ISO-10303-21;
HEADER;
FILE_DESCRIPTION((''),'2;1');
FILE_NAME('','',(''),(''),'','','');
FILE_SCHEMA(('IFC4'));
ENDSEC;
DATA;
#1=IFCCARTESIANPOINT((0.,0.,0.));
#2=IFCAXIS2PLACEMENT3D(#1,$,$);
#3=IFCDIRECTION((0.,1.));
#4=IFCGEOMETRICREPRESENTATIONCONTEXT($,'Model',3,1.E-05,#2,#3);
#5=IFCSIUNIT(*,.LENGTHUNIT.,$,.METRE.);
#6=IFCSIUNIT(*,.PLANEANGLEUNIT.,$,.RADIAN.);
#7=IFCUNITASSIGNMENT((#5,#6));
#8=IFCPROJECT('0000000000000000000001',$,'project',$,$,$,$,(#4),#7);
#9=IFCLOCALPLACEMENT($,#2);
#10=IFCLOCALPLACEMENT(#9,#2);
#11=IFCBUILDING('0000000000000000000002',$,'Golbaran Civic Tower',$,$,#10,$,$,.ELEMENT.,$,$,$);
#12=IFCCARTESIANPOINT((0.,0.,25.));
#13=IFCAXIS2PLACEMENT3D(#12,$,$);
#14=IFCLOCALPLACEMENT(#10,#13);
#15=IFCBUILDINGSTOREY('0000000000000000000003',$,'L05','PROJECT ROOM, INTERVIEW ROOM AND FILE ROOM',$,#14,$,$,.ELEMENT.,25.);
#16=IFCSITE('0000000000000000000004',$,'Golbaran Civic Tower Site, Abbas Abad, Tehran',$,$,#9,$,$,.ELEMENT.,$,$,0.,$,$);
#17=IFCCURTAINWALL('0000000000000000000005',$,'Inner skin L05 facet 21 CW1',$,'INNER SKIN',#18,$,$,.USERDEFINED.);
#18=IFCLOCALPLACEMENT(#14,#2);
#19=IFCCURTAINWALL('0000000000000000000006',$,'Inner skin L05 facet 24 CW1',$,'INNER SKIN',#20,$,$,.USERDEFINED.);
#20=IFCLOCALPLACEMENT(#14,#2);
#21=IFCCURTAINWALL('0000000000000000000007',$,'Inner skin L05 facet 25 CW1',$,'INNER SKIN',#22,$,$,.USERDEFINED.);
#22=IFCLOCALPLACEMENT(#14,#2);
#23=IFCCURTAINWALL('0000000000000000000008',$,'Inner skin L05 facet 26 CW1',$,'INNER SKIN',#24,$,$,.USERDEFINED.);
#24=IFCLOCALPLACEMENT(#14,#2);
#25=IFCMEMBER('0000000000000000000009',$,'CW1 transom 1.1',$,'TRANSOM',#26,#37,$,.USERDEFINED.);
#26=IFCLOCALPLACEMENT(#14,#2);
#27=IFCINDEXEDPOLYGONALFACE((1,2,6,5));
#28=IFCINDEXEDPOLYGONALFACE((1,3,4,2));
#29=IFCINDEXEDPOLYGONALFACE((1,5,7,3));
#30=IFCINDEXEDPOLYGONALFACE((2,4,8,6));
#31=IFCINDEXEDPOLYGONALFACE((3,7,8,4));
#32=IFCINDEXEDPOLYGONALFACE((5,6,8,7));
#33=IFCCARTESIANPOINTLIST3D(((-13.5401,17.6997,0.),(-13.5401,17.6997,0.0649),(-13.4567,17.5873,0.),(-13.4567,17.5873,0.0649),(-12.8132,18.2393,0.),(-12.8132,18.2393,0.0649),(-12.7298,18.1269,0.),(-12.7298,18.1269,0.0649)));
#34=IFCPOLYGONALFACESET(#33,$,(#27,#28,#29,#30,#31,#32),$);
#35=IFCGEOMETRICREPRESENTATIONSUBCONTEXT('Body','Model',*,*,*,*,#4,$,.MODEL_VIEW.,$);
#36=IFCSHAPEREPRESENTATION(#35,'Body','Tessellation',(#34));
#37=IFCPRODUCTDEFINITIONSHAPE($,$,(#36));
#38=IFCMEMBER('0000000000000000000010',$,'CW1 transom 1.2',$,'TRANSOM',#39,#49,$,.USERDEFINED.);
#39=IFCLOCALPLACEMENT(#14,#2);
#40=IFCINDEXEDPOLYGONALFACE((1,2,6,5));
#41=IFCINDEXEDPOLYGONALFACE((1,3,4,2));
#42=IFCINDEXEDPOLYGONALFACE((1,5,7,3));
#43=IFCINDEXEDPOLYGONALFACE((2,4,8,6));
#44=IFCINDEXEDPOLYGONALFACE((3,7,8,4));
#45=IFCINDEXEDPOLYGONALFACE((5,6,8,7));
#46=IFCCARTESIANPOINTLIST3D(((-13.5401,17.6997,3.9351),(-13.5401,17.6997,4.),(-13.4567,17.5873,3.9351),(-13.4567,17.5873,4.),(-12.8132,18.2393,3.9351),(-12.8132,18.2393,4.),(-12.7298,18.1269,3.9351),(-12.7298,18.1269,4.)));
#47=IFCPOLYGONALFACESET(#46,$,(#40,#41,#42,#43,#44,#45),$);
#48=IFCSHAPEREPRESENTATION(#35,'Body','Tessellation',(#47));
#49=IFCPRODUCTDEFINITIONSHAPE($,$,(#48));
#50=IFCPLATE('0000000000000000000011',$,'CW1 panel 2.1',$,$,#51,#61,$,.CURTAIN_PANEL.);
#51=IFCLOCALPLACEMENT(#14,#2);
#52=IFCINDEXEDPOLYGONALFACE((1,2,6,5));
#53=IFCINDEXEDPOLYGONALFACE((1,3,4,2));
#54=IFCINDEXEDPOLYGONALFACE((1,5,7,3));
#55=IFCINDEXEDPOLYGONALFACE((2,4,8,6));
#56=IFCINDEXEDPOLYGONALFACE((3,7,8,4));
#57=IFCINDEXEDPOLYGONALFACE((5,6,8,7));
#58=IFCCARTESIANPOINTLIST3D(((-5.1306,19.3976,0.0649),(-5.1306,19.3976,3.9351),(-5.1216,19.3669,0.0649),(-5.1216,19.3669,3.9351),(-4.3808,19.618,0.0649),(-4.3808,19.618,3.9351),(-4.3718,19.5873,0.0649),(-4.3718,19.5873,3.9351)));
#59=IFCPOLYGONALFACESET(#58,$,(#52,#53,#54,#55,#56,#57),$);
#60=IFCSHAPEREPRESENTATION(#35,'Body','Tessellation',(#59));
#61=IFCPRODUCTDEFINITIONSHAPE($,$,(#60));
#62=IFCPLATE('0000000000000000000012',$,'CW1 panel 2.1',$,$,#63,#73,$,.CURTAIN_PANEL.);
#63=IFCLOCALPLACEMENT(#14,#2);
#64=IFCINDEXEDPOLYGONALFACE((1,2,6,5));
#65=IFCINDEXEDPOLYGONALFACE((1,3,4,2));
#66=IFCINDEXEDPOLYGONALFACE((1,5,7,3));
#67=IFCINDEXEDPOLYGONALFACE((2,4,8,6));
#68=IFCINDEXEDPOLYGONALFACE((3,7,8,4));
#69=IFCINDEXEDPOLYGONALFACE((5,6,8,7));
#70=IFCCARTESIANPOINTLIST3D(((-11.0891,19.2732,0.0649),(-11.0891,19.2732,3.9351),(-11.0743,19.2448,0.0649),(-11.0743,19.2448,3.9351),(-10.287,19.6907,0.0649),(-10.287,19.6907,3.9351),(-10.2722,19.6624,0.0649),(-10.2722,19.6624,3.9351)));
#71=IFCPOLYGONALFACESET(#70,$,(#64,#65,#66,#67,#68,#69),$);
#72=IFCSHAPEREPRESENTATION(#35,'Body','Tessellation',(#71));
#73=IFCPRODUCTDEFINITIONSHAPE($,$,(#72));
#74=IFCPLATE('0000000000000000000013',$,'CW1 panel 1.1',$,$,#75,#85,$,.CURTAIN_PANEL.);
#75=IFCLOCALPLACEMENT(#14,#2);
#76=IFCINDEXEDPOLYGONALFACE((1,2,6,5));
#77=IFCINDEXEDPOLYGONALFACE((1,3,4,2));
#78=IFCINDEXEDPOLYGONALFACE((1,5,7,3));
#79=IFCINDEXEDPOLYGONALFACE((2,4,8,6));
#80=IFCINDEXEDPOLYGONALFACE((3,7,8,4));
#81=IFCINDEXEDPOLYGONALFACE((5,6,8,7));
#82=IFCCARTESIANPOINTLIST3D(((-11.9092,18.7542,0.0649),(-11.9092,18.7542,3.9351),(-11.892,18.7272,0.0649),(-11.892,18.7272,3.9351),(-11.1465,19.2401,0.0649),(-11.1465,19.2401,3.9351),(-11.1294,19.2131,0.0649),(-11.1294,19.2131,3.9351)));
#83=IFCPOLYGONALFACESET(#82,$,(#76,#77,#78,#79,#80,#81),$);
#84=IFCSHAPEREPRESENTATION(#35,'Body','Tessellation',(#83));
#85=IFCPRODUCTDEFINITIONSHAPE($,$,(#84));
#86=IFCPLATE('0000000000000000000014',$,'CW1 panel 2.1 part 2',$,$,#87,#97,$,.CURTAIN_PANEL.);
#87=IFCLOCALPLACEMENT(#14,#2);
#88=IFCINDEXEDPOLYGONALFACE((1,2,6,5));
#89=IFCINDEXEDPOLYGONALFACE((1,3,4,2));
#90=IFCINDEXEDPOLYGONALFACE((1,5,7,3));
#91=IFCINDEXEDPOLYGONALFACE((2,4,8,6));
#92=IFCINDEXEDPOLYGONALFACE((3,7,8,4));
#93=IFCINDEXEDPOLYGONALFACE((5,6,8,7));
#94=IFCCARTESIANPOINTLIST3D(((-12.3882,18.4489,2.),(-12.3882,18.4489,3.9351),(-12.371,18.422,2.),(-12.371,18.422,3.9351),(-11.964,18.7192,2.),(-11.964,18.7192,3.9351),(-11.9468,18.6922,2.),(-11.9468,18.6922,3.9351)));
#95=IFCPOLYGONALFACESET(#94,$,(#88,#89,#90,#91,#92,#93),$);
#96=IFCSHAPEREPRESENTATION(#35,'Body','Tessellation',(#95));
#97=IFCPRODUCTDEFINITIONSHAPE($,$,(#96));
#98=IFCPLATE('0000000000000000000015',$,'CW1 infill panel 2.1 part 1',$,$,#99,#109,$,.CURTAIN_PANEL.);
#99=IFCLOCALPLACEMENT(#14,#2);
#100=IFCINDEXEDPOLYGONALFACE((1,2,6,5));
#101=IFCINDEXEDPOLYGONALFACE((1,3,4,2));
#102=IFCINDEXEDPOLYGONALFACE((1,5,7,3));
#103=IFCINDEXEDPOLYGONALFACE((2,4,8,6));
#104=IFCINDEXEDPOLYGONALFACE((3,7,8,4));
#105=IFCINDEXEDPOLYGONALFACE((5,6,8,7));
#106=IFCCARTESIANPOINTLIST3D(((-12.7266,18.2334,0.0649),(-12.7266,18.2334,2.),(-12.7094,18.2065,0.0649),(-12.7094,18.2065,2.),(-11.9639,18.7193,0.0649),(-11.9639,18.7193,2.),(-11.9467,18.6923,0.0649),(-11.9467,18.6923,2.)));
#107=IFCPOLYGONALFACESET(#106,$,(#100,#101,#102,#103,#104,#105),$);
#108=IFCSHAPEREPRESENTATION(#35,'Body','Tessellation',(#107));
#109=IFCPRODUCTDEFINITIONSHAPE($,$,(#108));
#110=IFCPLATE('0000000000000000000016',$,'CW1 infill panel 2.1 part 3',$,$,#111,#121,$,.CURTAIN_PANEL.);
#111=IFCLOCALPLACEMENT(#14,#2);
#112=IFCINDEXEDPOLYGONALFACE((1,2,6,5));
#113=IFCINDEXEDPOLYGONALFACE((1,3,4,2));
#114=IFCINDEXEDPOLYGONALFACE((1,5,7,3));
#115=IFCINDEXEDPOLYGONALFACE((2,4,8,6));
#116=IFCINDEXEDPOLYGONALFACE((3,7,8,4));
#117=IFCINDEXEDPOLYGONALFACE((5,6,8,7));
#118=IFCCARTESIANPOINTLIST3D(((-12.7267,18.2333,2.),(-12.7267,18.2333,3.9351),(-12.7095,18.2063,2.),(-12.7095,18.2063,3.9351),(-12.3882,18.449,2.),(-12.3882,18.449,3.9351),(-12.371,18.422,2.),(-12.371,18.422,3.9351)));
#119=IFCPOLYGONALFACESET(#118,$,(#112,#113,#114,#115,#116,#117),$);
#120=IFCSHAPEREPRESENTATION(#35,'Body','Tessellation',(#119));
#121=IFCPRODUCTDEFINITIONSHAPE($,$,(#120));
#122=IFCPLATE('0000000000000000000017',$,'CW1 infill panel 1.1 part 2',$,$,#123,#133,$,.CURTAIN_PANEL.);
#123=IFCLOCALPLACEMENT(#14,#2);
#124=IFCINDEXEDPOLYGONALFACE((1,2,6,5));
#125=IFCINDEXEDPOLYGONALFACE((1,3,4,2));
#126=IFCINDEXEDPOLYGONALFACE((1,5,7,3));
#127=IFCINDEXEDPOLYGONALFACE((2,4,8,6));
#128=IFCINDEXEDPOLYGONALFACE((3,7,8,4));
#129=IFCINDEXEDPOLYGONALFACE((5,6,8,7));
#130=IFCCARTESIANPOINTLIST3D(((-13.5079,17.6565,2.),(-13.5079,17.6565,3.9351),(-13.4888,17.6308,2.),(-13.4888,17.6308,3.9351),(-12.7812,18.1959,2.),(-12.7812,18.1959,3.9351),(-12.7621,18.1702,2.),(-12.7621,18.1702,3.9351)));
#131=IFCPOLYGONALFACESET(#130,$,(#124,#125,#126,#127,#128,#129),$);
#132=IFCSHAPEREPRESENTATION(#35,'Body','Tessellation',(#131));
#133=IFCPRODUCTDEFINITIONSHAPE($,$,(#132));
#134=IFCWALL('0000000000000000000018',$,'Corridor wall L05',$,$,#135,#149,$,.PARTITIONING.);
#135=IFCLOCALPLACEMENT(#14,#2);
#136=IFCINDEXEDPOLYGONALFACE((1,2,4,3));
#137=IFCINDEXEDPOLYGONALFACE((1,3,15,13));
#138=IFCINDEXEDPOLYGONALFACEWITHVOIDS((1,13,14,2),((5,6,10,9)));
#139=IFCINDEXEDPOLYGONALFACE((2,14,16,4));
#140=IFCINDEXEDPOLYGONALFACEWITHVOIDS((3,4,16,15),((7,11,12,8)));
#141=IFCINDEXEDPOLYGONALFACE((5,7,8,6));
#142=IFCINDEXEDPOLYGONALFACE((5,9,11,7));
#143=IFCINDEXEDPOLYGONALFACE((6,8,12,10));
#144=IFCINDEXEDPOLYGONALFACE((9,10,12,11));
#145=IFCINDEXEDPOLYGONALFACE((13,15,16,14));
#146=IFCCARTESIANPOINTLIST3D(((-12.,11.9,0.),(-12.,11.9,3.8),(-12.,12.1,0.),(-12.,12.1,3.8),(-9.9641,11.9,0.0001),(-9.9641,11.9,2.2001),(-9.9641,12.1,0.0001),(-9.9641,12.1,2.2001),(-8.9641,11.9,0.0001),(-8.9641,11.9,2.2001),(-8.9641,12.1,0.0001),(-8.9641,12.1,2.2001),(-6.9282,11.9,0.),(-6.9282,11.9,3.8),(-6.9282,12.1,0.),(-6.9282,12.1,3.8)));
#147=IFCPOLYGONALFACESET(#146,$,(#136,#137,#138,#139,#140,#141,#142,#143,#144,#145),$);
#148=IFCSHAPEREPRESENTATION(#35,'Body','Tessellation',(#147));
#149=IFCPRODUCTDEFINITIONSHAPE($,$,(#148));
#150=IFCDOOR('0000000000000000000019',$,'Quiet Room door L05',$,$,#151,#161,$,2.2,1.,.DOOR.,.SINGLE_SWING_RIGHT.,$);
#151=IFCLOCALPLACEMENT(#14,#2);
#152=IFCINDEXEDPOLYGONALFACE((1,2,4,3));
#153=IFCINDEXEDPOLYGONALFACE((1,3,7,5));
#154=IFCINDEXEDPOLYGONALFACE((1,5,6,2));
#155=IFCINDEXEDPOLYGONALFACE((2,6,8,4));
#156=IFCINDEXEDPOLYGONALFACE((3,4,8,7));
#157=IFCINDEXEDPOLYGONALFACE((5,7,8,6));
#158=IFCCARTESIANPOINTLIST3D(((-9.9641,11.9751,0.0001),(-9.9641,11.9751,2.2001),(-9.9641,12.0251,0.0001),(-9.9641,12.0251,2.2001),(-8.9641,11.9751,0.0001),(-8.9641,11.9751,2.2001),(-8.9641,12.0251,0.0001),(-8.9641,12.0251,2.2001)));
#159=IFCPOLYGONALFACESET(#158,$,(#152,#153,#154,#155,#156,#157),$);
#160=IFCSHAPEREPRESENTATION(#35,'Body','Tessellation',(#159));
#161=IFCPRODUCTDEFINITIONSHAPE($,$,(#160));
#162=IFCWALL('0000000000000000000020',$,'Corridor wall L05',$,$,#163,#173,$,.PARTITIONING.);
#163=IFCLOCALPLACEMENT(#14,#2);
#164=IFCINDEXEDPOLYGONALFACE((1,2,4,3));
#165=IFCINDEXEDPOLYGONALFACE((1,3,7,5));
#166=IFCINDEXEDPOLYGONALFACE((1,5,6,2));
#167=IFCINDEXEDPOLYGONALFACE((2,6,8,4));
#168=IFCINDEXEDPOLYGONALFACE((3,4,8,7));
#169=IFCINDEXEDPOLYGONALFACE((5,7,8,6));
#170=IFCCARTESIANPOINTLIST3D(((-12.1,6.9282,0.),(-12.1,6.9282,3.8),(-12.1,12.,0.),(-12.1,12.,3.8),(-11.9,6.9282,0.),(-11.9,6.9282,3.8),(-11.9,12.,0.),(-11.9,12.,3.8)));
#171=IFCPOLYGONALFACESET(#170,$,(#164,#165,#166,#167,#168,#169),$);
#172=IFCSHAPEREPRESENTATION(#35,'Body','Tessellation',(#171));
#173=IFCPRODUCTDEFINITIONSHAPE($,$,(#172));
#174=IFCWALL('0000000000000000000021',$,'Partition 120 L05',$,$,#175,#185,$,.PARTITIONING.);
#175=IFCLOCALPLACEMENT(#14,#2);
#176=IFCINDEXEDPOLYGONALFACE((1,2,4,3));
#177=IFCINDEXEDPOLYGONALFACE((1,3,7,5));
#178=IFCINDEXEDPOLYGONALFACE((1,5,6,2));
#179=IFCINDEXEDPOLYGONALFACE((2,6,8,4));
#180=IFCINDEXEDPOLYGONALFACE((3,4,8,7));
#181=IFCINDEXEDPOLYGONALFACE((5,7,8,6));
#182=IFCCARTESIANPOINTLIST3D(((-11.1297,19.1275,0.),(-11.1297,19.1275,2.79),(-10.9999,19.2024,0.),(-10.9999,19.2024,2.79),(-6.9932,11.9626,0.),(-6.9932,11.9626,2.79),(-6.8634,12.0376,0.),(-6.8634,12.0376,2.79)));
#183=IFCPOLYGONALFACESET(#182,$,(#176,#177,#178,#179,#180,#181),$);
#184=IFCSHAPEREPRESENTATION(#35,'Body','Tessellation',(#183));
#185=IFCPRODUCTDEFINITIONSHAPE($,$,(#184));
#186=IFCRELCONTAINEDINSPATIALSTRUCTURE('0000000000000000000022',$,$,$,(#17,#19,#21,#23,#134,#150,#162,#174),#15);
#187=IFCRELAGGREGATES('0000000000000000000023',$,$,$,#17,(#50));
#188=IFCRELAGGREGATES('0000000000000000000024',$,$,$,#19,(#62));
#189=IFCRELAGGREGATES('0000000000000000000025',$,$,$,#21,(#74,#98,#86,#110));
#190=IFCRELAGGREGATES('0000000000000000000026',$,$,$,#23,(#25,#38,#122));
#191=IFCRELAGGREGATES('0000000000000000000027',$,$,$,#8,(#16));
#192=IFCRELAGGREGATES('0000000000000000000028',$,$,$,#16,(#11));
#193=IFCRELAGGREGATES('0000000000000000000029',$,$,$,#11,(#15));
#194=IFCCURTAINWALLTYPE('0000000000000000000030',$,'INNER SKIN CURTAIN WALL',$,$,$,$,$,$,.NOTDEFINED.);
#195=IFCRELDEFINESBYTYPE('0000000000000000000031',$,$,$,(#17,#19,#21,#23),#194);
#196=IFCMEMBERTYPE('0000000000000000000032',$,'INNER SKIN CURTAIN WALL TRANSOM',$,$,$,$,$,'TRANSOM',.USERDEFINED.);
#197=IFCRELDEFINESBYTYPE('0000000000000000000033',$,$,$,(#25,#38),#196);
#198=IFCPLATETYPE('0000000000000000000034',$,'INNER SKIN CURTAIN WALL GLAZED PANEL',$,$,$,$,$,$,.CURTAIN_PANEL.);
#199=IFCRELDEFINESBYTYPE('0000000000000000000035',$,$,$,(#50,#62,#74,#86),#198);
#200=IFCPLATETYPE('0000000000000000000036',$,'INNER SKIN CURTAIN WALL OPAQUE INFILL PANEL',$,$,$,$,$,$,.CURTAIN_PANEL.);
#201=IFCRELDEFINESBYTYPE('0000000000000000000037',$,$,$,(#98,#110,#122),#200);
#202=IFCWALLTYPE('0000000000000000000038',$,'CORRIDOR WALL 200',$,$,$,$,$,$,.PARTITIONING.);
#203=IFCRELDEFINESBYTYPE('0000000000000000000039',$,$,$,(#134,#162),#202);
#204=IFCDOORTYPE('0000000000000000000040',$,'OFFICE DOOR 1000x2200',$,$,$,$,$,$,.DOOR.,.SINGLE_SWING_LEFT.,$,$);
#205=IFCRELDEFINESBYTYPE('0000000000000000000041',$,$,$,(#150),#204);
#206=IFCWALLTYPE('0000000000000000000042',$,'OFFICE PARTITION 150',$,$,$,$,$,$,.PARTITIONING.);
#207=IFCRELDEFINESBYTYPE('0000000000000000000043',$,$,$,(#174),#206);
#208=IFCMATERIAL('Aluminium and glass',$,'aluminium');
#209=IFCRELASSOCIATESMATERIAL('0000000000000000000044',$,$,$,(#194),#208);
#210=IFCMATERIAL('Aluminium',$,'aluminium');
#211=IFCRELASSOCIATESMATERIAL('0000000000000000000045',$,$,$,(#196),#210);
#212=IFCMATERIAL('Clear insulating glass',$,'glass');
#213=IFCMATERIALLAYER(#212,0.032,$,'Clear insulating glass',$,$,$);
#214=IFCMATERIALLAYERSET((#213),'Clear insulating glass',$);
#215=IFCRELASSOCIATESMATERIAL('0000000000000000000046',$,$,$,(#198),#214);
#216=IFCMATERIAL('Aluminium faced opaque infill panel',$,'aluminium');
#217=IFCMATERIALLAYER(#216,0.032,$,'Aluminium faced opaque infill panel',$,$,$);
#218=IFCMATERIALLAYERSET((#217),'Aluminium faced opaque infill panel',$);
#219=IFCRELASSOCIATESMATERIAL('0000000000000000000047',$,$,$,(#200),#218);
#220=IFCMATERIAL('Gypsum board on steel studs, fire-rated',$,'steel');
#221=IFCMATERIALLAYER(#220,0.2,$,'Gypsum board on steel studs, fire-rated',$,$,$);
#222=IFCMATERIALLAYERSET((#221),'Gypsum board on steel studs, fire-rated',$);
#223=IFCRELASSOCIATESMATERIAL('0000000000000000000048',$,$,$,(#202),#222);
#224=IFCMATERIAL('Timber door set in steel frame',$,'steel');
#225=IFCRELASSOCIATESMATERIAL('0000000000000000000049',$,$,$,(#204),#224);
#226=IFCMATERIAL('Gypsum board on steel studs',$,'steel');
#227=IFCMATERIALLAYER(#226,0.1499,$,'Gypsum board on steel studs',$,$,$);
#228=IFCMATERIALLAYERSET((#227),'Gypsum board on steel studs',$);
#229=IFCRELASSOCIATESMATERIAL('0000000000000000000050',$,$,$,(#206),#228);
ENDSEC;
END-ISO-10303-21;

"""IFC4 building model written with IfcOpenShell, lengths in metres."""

from ifc_helpers import new_model, si_unit, direction, frame, frame_2d, origin, origin_2d, place, context, subcontext, project, spatial, rectangle, extrude, material, layer, layer_set, material_profile, profile_set, type_object, element, fill, aggregate, save


model = new_model("IFC4")

# Units and contexts
model_context = context("Model", 3, precision=1e-05, world=origin(), true_north=direction((0.0, 1.0)))
body_context = subcontext(model_context, "Body", "Model", "MODEL_VIEW")
ifc_project = project(units=[si_unit("LENGTHUNIT", "METRE"), si_unit("PLANEANGLEUNIT", "RADIAN")], contexts=[model_context])

# Site, building, storey
site_placement = place(None, origin())
site = spatial("IfcSite", under=ifc_project, at=site_placement, Name="Golbaran Civic Tower Site, Abbas Abad, Tehran", CompositionType="ELEMENT", RefElevation=0.0)
building_placement = place(site_placement, origin())
building = spatial("IfcBuilding", under=site, at=building_placement, Name="Golbaran Civic Tower", CompositionType="ELEMENT")
storey_placement = place(building_placement, frame((0.0, 0.0, 25.0)))
storey = spatial("IfcBuildingStorey", under=building, at=storey_placement, Name="L05", Description="PROJECT ROOM, INTERVIEW ROOM AND FILE ROOM", CompositionType="ELEMENT", Elevation=25.0)

# Curtain walls
ifc_material_1 = material(Name="Aluminium and glass", Category="aluminium")
curtain_wall_type = type_object("IfcCurtainWallType", Name="INNER SKIN CURTAIN WALL", PredefinedType="NOTDEFINED", material=ifc_material_1)
curtain_wall_1_placement = place(storey_placement, origin())
curtain_wall_1 = element("IfcCurtainWall", 1, at=curtain_wall_1_placement, inside=storey, type_object=curtain_wall_type, Name="Inner skin L05 facet 21 CW1", ObjectType="INNER SKIN", PredefinedType="USERDEFINED")
ifc_material_2 = material(Name="Aluminium", Category="aluminium")
curtain_wall_2_placement = place(storey_placement, origin())
curtain_wall_2 = element("IfcCurtainWall", 2, at=curtain_wall_2_placement, inside=storey, type_object=curtain_wall_type, Name="Inner skin L05 facet 24 CW1", ObjectType="INNER SKIN", PredefinedType="USERDEFINED")

# Curtain wall
curtain_wall_3_placement = place(storey_placement, origin())
curtain_wall_3 = element("IfcCurtainWall", 3, at=curtain_wall_3_placement, inside=storey, type_object=curtain_wall_type, Name="Inner skin L05 facet 25 CW1", ObjectType="INNER SKIN", PredefinedType="USERDEFINED")

# Shared definitions
ifc_material_profile_1 = material_profile(ifc_material_2, rectangle(XDim=0.1399, YDim=0.0649, at=origin_2d()), Name="INNER SKIN CURTAIN WALL TRANSOM")
ifc_profile_set_1 = profile_set([ifc_material_profile_1], Name="Aluminium")
member_type_1 = type_object("IfcMemberType", Name="INNER SKIN CURTAIN WALL TRANSOM", ElementType="TRANSOM", PredefinedType="USERDEFINED", material=ifc_profile_set_1)

# Curtain wall, members
curtain_wall_4_placement = place(storey_placement, origin())
curtain_wall_4 = element("IfcCurtainWall", 4, at=curtain_wall_4_placement, inside=storey, type_object=curtain_wall_type, Name="Inner skin L05 facet 26 CW1", ObjectType="INNER SKIN", PredefinedType="USERDEFINED")
member_1_placement = place(storey_placement, frame((-12.7715, 18.1831, 0.0325), z_axis=(-0.802936, -0.596066, 0.0), x_axis=(0.596066, -0.802936, 0.0)))
member_1 = element("IfcMember", 5, at=member_1_placement, type_object=member_type_1, Name="CW1 transom 1.1", ObjectType="TRANSOM", PredefinedType="USERDEFINED", context=body_context, shape_type="SweptSolid", body=[
    extrude(rectangle(XDim=0.1399, YDim=0.0649, at=origin_2d()), origin(), (0.0, 0.0, 1.0), 0.9053),
])
member_2_placement = place(storey_placement, frame((-12.7715, 18.1831, 3.9675), z_axis=(-0.802936, -0.596066, 0.0), x_axis=(0.596066, -0.802936, 0.0)))
member_2 = element("IfcMember", 6, at=member_2_placement, type_object=member_type_1, Name="CW1 transom 1.2", ObjectType="TRANSOM", PredefinedType="USERDEFINED", context=body_context, shape_type="SweptSolid", body=[
    extrude(rectangle(XDim=0.1399, YDim=0.0649, at=origin_2d()), origin(), (0.0, 0.0, 1.0), 0.9053),
])

# Plates
ifc_material_3 = material(Name="Clear insulating glass", Category="glass")
ifc_layer_1 = layer(ifc_material_3, 0.032, Name="Clear insulating glass")
ifc_layer_set_1 = layer_set([ifc_layer_1], Name="Clear insulating glass")
plate_type_1 = type_object("IfcPlateType", Name="INNER SKIN CURTAIN WALL GLAZED PANEL", PredefinedType="CURTAIN_PANEL", material=ifc_layer_set_1)
plate_1_placement = place(storey_placement, frame((-4.7512, 19.4924, 0.0649), z_axis=(0.0, 0.0, 1.0), x_axis=(-0.959425, -0.281964, 0.0)))
plate_1 = element("IfcPlate", 7, at=plate_1_placement, type_object=plate_type_1, Name="CW1 panel 2.1", PredefinedType="CURTAIN_PANEL", context=body_context, shape_type="SweptSolid", body=[
    extrude(rectangle(XDim=0.7815, YDim=0.032, at=origin_2d()), origin(), (0.0, 0.0, 1.0), 3.8701),
])
aggregate(curtain_wall_1, [plate_1])
plate_2_placement = place(storey_placement, frame((-10.6807, 19.4678, 0.0649), z_axis=(0.0, 0.0, 1.0), x_axis=(-0.887011, -0.461749, 0.0)))
plate_2 = element("IfcPlate", 8, at=plate_2_placement, type_object=plate_type_1, Name="CW1 panel 2.1", PredefinedType="CURTAIN_PANEL", context=body_context, shape_type="SweptSolid", body=[
    extrude(rectangle(XDim=0.9043, YDim=0.032, at=origin_2d()), origin(), (0.0, 0.0, 1.0), 3.8701),
])
aggregate(curtain_wall_2, [plate_2])
plate_3_placement = place(storey_placement, frame((-11.5193, 18.9836, 0.0649), z_axis=(0.0, 0.0, 1.0), x_axis=(-0.843391, -0.5373, 0.0)))
plate_3 = element("IfcPlate", 9, at=plate_3_placement, type_object=plate_type_1, Name="CW1 panel 1.1", PredefinedType="CURTAIN_PANEL", context=body_context, shape_type="SweptSolid", body=[
    extrude(rectangle(XDim=0.9043, YDim=0.032, at=origin_2d()), origin(), (0.0, 0.0, 1.0), 3.8701),
])
plate_4_placement = place(storey_placement, frame((-12.1675, 18.5706, 2.0), z_axis=(0.0, 0.0, 1.0), x_axis=(-0.843391, -0.5373, 0.0)))
plate_4 = element("IfcPlate", 10, at=plate_4_placement, type_object=plate_type_1, Name="CW1 panel 2.1 part 2", PredefinedType="CURTAIN_PANEL", context=body_context, shape_type="SweptSolid", body=[
    extrude(rectangle(XDim=0.5029, YDim=0.032, at=origin_2d()), origin(), (0.0, 0.0, 1.0), 1.9351),
])
ifc_material_4 = material(Name="Aluminium faced opaque infill panel", Category="aluminium")
ifc_layer_2 = layer(ifc_material_4, 0.032, Name="Aluminium faced opaque infill panel")
ifc_layer_set_2 = layer_set([ifc_layer_2], Name="Aluminium faced opaque infill panel")
plate_type_2 = type_object("IfcPlateType", Name="INNER SKIN CURTAIN WALL OPAQUE INFILL PANEL", PredefinedType="CURTAIN_PANEL", material=ifc_layer_set_2)
plate_5_placement = place(storey_placement, frame((-12.3367, 18.4629, 0.0649), z_axis=(0.0, 0.0, 1.0), x_axis=(-0.843391, -0.5373, 0.0)))
plate_5 = element("IfcPlate", 11, at=plate_5_placement, type_object=plate_type_2, Name="CW1 infill panel 2.1 part 1", PredefinedType="CURTAIN_PANEL", context=body_context, shape_type="SweptSolid", body=[
    extrude(rectangle(XDim=0.9043, YDim=0.032, at=origin_2d()), origin(), (0.0, 0.0, 1.0), 1.9351),
])
plate_6_placement = place(storey_placement, frame((-12.5488, 18.3276, 2.0), z_axis=(0.0, 0.0, 1.0), x_axis=(-0.843391, -0.5373, 0.0)))
plate_6 = element("IfcPlate", 12, at=plate_6_placement, type_object=plate_type_2, Name="CW1 infill panel 2.1 part 3", PredefinedType="CURTAIN_PANEL", context=body_context, shape_type="SweptSolid", body=[
    extrude(rectangle(XDim=0.4014, YDim=0.032, at=origin_2d()), origin(), (0.0, 0.0, 1.0), 1.9351),
])
aggregate(curtain_wall_3, [plate_3, plate_5, plate_4, plate_6])
plate_7_placement = place(storey_placement, frame((-13.135, 17.9133, 2.0), z_axis=(0.0, 0.0, 1.0), x_axis=(-0.80297, -0.596019, 0.0)))
plate_7 = element("IfcPlate", 13, at=plate_7_placement, type_object=plate_type_2, Name="CW1 infill panel 1.1 part 2", PredefinedType="CURTAIN_PANEL", context=body_context, shape_type="SweptSolid", body=[
    extrude(rectangle(XDim=0.905, YDim=0.032, at=origin_2d()), origin(), (0.0, 0.0, 1.0), 1.9351),
])
aggregate(curtain_wall_4, [member_1, member_2, plate_7])

# Wall, opening, door
ifc_material_5 = material(Name="Gypsum board on steel studs, fire-rated", Category="steel")
ifc_layer_3 = layer(ifc_material_5, 0.2, Name="Gypsum board on steel studs, fire-rated")
ifc_layer_set_3 = layer_set([ifc_layer_3], Name="Gypsum board on steel studs, fire-rated")
wall_type_1 = type_object("IfcWallType", Name="CORRIDOR WALL 200", PredefinedType="PARTITIONING", material=ifc_layer_set_3)
wall_1_placement = place(storey_placement, frame((-6.9282, 12.0, 0.0), z_axis=(0.0, 0.0, 1.0), x_axis=(-1.0, 0.0, 0.0)))
wall_1 = element("IfcWall", 14, at=wall_1_placement, inside=storey, type_object=wall_type_1, Name="Corridor wall L05", PredefinedType="PARTITIONING", context=body_context, shape_type="SweptSolid", body=[
    extrude(rectangle(XDim=5.0718, YDim=0.2, at=frame_2d((2.5359, 0.0))), origin(), (0.0, 0.0, 1.0), 3.8),
])
opening_placement = place(wall_1_placement, frame((2.0359, 0.0, 0.0)))
opening = element("IfcOpeningElement", 15, at=opening_placement, cuts=wall_1, PredefinedType="OPENING", context=body_context, shape_type="SweptSolid", body=[
    extrude(rectangle(XDim=1.0, YDim=2.2, at=frame_2d((0.5, 1.1001))), frame((0.0, 0.1099, 0.0), z_axis=(0.0, -1.0, 0.0), x_axis=(1.0, 0.0, 0.0)), (0.0, 0.0, 1.0), 0.22),
])
ifc_material_6 = material(Name="Timber door set in steel frame", Category="steel")
door_type = type_object("IfcDoorType", Name="OFFICE DOOR 1000x2200", OperationType="SINGLE_SWING_LEFT", PredefinedType="DOOR", material=ifc_material_6)
door_placement = place(opening_placement, origin())
door = element("IfcDoor", 16, at=door_placement, inside=storey, type_object=door_type, Name="Quiet Room door L05", OperationType="SINGLE_SWING_RIGHT", OverallHeight=2.2, OverallWidth=1.0, PredefinedType="DOOR", context=body_context, shape_type="SweptSolid", body=[
    extrude(rectangle(XDim=1.0, YDim=2.2, at=frame_2d((0.5, 1.1001))), frame((0.0, 0.0249, 0.0), z_axis=(0.0, -1.0, 0.0), x_axis=(1.0, 0.0, 0.0)), (0.0, 0.0, 1.0), 0.05),
])
fill(opening, door)

# Walls
wall_2_placement = place(storey_placement, frame((-12.0, 12.0, 0.0), z_axis=(0.0, 0.0, 1.0), x_axis=(0.0, -1.0, 0.0)))
element("IfcWall", 17, at=wall_2_placement, inside=storey, type_object=wall_type_1, Name="Corridor wall L05", PredefinedType="PARTITIONING", context=body_context, shape_type="SweptSolid", body=[
    extrude(rectangle(XDim=5.0718, YDim=0.2, at=frame_2d((2.5359, 0.0))), origin(), (0.0, 0.0, 1.0), 3.8),
])
ifc_material_7 = material(Name="Gypsum board on steel studs", Category="steel")
ifc_layer_4 = layer(ifc_material_7, 0.1499, Name="Gypsum board on steel studs")
ifc_layer_set_4 = layer_set([ifc_layer_4], Name="Gypsum board on steel studs")
wall_type_2 = type_object("IfcWallType", Name="OFFICE PARTITION 150", PredefinedType="PARTITIONING", material=ifc_layer_set_4)
wall_3_placement = place(storey_placement, frame((-6.9282, 12.0, 0.0), z_axis=(0.0, 0.0, 1.0), x_axis=(-0.499989, 0.866032, 0.0)))
element("IfcWall", 18, at=wall_3_placement, inside=storey, type_object=wall_type_2, Name="Partition 120 L05", PredefinedType="PARTITIONING", context=body_context, shape_type="SweptSolid", body=[
    extrude(rectangle(XDim=8.2732, YDim=0.1499, at=frame_2d((4.1367, 0.0))), origin(), (0.0, 0.0, 1.0), 2.79),
])

save(model, "model.ifc")
